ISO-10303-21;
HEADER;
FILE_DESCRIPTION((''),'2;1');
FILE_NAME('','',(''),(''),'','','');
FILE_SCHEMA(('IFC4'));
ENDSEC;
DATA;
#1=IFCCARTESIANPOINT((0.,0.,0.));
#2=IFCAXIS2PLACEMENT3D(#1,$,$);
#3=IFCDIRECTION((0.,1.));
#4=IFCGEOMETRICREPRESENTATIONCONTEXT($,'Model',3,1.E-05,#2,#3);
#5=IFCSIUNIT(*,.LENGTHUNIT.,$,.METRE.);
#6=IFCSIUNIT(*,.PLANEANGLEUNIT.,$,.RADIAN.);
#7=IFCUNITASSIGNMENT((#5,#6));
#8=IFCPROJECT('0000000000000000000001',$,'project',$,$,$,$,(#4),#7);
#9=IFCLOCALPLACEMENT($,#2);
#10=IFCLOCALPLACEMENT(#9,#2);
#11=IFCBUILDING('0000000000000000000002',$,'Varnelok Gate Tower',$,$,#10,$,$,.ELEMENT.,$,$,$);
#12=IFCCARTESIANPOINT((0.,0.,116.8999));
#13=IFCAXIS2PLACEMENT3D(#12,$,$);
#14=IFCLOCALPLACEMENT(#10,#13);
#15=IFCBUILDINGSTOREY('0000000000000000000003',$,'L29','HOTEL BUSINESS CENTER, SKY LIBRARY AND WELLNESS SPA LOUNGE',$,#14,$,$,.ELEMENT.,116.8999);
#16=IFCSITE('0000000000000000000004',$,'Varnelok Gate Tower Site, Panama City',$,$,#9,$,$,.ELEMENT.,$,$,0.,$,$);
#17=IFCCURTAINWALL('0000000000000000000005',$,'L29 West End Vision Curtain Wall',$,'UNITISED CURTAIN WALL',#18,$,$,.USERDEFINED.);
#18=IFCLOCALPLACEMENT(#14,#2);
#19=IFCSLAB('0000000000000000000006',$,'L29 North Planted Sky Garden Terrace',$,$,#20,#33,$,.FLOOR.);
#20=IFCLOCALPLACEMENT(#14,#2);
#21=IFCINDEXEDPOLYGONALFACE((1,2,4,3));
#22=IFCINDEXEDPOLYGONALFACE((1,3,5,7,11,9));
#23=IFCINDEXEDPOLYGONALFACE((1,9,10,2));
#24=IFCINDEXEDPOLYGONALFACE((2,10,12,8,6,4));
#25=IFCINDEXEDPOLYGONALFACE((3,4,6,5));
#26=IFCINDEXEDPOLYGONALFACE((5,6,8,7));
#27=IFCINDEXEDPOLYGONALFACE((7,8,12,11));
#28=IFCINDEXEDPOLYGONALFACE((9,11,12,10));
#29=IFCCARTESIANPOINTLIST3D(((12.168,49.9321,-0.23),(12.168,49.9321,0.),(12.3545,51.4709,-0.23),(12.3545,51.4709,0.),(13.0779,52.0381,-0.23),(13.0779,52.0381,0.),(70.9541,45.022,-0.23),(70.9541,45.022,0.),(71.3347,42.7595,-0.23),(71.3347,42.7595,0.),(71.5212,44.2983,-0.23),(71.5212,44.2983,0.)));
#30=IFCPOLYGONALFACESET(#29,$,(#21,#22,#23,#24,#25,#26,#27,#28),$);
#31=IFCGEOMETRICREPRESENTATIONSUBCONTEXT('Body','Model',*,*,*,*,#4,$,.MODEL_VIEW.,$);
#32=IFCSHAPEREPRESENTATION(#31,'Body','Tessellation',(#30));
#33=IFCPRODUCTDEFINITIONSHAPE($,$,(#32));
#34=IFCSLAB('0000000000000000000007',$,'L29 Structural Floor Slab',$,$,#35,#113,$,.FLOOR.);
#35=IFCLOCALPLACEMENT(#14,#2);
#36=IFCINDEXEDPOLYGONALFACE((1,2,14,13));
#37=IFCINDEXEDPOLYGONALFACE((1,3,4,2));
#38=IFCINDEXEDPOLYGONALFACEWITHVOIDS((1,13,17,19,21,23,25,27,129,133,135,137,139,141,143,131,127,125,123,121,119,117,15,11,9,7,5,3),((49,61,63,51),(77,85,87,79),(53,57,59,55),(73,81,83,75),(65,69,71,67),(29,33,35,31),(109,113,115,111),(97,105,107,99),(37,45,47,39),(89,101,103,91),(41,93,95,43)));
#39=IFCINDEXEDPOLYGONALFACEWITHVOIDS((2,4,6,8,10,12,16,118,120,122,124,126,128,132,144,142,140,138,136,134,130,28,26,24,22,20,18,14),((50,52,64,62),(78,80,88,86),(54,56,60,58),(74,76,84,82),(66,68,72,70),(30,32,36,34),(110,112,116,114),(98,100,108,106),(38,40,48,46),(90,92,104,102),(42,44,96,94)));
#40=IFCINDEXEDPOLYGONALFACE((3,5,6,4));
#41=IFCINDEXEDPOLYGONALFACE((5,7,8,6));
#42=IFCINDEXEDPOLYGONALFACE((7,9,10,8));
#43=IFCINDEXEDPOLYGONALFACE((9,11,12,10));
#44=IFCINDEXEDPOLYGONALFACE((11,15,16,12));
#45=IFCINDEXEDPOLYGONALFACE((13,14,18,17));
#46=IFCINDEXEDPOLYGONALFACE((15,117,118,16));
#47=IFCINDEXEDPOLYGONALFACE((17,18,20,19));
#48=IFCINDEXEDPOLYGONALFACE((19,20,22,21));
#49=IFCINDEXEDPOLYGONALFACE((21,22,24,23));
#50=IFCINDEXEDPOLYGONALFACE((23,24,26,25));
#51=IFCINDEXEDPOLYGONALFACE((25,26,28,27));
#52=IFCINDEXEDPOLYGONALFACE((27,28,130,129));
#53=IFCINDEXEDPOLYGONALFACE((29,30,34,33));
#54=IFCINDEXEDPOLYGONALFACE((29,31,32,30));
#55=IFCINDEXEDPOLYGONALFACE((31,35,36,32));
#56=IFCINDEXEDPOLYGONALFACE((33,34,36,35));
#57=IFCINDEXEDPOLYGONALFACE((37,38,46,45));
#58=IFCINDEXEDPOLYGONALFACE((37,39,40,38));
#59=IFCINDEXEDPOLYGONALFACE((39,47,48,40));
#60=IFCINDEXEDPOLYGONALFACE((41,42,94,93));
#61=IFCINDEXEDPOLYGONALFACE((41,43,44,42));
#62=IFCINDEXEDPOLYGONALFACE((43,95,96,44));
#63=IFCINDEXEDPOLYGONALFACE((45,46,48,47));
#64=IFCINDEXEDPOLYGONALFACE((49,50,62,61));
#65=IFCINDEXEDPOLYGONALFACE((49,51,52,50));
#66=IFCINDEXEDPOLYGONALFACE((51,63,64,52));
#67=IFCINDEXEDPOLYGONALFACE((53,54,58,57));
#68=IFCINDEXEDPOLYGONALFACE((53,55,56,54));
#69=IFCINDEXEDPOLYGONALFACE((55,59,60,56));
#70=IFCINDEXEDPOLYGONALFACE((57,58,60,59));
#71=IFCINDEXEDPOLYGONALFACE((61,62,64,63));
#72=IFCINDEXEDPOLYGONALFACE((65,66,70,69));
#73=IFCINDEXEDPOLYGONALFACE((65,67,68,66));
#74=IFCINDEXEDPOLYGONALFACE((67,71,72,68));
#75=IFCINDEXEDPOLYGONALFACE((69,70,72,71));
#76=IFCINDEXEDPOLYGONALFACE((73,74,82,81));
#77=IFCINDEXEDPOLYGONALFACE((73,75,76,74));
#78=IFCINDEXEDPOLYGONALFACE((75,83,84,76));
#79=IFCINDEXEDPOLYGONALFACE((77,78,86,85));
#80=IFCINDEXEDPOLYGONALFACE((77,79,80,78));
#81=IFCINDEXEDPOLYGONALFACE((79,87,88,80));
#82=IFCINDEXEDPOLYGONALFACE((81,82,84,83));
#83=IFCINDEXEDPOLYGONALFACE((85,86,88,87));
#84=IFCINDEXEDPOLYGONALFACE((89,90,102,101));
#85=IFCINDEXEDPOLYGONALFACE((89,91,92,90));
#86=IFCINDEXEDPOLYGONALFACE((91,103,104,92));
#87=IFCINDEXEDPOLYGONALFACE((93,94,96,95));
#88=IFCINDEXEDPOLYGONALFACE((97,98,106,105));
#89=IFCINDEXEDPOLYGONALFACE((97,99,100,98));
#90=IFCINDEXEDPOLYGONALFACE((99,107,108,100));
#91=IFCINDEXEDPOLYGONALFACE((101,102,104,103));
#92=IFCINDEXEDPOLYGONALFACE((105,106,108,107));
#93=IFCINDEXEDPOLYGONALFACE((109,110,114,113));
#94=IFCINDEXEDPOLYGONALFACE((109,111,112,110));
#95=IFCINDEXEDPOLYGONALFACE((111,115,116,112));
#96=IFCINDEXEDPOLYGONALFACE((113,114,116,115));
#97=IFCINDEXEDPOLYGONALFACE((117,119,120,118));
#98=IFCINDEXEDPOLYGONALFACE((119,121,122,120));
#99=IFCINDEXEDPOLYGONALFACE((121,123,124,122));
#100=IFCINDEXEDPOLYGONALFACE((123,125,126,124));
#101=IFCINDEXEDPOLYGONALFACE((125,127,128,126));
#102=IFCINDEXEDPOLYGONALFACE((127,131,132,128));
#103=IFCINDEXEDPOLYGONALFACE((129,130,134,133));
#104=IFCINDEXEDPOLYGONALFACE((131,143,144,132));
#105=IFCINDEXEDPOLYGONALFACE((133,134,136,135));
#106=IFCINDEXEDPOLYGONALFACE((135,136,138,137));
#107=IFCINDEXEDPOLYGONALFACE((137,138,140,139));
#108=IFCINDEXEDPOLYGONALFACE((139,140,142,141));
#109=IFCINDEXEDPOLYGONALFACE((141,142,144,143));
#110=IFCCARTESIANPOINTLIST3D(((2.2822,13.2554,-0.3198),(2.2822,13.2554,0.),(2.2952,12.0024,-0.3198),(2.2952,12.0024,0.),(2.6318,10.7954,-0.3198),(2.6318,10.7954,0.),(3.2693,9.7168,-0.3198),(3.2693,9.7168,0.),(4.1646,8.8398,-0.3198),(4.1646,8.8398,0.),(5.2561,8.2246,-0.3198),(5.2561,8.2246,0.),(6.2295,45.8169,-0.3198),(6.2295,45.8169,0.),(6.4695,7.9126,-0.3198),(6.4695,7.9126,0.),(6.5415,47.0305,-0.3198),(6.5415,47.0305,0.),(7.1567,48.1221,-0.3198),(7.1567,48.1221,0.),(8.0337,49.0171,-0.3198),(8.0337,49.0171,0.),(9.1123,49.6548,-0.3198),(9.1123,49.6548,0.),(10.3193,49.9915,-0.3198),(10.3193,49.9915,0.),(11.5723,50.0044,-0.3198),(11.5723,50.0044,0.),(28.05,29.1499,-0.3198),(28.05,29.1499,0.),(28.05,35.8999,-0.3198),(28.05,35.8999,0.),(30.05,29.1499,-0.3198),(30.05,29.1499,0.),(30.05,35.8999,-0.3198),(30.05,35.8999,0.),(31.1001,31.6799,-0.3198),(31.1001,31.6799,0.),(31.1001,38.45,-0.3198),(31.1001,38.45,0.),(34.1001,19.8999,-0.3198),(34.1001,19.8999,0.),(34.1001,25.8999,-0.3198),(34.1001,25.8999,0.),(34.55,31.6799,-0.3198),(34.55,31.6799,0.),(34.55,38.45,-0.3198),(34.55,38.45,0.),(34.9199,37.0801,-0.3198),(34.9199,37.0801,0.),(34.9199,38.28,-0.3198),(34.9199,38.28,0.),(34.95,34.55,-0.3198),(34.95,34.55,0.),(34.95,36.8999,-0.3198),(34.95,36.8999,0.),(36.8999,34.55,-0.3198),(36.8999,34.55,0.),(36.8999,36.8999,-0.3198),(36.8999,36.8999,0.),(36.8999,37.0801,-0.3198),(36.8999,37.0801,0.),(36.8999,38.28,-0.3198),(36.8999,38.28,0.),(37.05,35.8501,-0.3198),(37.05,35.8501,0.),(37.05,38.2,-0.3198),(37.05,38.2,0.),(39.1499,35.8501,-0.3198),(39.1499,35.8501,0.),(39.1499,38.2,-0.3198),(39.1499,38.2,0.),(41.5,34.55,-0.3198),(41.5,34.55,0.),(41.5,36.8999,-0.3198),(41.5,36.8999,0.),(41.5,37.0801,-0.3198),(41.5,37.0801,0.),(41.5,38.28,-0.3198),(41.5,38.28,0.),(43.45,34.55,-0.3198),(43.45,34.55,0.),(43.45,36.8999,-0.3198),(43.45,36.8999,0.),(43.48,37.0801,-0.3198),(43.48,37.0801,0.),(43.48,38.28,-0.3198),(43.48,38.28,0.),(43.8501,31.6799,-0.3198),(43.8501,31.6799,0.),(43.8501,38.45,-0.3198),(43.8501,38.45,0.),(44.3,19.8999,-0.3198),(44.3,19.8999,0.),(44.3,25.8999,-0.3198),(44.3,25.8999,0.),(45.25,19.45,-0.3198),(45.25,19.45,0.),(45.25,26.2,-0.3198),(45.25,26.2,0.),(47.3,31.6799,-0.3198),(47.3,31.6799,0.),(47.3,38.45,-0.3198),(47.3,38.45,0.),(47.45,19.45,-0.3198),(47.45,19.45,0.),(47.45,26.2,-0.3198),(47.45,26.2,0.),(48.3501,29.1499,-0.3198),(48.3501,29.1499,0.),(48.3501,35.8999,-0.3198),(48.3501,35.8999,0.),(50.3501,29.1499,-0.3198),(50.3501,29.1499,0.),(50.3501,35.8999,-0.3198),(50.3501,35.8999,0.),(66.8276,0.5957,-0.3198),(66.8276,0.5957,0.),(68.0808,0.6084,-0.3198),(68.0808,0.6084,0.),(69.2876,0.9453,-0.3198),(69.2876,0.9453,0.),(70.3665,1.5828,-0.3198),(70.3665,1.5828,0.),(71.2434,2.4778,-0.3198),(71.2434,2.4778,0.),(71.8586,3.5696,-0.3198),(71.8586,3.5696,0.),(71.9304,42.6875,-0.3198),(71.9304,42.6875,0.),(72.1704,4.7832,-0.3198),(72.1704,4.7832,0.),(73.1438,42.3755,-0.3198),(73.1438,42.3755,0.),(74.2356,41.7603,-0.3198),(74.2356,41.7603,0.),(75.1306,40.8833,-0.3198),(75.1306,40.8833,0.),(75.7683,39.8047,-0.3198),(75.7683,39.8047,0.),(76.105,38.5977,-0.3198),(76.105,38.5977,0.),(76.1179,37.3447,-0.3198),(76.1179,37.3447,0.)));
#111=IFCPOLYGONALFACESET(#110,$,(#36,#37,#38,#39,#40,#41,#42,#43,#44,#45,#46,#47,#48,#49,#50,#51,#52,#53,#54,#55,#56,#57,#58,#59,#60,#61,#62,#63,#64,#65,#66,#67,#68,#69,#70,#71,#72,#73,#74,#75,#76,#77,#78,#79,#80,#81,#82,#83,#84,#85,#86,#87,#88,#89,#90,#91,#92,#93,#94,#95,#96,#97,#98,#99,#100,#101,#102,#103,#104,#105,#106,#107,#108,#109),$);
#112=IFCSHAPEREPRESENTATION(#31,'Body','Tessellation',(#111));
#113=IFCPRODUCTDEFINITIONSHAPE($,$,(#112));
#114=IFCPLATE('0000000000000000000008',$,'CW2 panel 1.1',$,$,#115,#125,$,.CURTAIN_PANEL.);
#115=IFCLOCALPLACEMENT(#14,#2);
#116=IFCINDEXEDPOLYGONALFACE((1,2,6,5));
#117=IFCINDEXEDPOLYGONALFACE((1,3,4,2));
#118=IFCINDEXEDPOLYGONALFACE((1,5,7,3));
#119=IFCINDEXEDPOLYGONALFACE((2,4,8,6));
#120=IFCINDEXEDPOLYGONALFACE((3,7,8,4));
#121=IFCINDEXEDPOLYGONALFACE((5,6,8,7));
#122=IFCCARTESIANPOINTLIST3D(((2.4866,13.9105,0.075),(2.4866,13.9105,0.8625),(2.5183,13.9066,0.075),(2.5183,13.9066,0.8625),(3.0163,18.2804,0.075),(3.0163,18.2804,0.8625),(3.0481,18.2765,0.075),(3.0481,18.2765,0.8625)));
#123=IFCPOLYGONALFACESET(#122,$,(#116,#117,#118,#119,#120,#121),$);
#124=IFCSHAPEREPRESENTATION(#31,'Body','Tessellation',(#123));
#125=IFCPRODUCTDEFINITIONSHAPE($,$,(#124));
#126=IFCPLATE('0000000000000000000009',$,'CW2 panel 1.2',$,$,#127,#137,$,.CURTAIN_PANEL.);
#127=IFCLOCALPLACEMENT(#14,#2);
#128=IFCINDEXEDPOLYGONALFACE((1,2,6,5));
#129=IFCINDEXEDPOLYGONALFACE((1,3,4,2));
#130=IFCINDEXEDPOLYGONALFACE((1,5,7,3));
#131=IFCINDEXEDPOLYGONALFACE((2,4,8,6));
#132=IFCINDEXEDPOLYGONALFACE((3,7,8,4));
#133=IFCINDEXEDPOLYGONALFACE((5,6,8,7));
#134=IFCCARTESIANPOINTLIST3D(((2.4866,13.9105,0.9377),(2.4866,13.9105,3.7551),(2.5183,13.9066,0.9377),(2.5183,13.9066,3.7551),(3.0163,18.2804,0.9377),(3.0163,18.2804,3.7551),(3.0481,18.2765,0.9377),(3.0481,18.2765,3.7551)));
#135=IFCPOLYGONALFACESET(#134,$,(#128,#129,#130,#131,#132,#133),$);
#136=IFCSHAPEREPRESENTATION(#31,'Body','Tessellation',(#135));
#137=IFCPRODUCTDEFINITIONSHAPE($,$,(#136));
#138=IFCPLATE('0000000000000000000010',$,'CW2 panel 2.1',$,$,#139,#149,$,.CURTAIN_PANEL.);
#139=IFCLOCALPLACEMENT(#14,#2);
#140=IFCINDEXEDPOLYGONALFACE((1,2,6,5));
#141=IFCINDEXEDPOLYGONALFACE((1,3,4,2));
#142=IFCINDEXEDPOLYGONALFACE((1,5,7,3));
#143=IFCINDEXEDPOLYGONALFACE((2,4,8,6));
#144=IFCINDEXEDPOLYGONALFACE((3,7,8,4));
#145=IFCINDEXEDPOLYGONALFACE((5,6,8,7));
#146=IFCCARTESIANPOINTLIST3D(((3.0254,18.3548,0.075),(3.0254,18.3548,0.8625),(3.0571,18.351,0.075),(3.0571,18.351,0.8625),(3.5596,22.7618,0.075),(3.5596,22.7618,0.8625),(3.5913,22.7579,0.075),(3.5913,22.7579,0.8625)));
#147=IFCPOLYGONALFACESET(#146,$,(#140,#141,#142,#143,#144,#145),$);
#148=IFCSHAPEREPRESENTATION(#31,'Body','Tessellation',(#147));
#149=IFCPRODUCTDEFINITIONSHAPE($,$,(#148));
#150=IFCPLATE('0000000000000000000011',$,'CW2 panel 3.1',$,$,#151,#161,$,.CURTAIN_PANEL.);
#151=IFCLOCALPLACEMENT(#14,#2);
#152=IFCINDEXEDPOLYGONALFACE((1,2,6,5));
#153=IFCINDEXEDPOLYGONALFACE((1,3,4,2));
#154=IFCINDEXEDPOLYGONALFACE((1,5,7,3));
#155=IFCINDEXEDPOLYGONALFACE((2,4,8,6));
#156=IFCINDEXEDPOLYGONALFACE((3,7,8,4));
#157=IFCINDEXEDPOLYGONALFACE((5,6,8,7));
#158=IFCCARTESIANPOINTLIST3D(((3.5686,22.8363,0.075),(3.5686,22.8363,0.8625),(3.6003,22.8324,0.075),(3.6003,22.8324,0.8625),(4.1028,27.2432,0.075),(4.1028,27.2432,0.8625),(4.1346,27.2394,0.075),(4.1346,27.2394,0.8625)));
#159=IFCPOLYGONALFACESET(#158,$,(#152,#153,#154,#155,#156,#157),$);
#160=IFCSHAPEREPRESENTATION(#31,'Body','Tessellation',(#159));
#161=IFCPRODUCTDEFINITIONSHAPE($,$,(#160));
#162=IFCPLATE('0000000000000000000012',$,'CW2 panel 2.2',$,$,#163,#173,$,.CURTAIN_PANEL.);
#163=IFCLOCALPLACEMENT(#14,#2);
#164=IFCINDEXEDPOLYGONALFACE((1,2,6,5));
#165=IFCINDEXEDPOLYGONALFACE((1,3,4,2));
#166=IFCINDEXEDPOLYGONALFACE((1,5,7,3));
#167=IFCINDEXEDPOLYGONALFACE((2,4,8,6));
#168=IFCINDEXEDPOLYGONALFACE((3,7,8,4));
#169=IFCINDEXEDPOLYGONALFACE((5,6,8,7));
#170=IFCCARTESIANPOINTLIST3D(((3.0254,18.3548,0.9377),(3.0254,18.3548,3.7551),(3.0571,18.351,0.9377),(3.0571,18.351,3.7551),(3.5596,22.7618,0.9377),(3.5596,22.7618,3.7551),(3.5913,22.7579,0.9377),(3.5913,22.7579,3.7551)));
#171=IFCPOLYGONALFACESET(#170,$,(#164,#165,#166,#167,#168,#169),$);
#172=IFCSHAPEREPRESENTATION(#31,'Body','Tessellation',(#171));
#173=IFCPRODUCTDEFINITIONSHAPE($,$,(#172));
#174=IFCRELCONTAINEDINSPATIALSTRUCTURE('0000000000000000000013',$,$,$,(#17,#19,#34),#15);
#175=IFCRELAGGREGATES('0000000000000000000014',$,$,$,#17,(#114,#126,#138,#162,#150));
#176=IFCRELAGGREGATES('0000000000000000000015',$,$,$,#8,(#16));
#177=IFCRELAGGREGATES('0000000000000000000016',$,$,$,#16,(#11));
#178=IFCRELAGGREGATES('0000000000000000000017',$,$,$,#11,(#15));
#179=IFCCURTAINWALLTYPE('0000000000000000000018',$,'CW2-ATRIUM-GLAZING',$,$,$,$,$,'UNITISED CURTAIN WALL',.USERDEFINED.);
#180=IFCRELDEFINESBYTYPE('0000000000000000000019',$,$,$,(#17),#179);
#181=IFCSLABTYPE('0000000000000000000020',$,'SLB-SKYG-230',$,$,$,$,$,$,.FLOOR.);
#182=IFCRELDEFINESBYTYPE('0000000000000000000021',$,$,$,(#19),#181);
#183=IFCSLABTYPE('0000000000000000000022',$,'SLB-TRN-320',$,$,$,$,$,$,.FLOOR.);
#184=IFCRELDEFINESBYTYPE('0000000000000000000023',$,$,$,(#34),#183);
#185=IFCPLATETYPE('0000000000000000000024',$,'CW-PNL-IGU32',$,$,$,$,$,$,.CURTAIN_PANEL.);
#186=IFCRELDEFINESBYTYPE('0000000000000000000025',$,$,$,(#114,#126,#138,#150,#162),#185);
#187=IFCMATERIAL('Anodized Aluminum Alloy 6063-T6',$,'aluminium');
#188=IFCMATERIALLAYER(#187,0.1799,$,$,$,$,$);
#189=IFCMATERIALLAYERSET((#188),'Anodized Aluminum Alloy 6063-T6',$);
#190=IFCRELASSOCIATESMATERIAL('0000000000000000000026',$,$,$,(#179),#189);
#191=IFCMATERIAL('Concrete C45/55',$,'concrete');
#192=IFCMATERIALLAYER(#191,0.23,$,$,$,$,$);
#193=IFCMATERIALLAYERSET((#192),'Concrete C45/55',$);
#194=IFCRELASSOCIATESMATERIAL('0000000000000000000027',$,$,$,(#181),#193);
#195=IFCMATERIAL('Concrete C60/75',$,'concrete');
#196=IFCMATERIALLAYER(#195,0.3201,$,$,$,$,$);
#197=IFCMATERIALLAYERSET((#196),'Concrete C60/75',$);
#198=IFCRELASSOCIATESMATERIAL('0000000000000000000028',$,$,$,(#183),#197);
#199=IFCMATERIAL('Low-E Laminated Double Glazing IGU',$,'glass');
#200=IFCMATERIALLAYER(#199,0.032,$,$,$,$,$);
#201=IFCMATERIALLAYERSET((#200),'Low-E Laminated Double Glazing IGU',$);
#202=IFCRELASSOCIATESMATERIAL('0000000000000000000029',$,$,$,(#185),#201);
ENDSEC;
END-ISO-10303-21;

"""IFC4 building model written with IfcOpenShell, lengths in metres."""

from ifc_helpers import new_model, si_unit, direction, frame, origin, origin_2d, place, context, subcontext, project, spatial, polyline, rectangle, outline, extrude, source, transform, mapped, material, layer, layer_set, type_object, element, aggregate, save


model = new_model("IFC4")

# Units and contexts
model_context = context("Model", 3, precision=1e-05, world=origin(), true_north=direction((0.0, 1.0)))
body_context = subcontext(model_context, "Body", "Model", "MODEL_VIEW")
ifc_project = project(units=[si_unit("LENGTHUNIT", "METRE"), si_unit("PLANEANGLEUNIT", "RADIAN")], contexts=[model_context])

# Site, building, storey
site_placement = place(None, origin())
site = spatial("IfcSite", under=ifc_project, at=site_placement, Name="Varnelok Gate Tower Site, Panama City", CompositionType="ELEMENT", RefElevation=0.0)
building_placement = place(site_placement, origin())
building = spatial("IfcBuilding", under=site, at=building_placement, Name="Varnelok Gate Tower", CompositionType="ELEMENT")
storey_placement = place(building_placement, frame((0.0, 0.0, 116.8999)))
storey = spatial("IfcBuildingStorey", under=building, at=storey_placement, Name="L29", Description="HOTEL BUSINESS CENTER, SKY LIBRARY AND WELLNESS SPA LOUNGE", CompositionType="ELEMENT", Elevation=116.8999)

# Curtain wall
ifc_material_1 = material(Name="Anodized Aluminum Alloy 6063-T6", Category="aluminium")
ifc_layer_1 = layer(ifc_material_1, 0.1799)
ifc_layer_set_1 = layer_set([ifc_layer_1], Name="Anodized Aluminum Alloy 6063-T6")
curtain_wall_type = type_object("IfcCurtainWallType", Name="CW2-ATRIUM-GLAZING", ElementType="UNITISED CURTAIN WALL", PredefinedType="USERDEFINED", material=ifc_layer_set_1)
curtain_wall_placement = place(storey_placement, origin())
curtain_wall = element("IfcCurtainWall", 1, at=curtain_wall_placement, inside=storey, type_object=curtain_wall_type, Name="L29 West End Vision Curtain Wall", ObjectType="UNITISED CURTAIN WALL", PredefinedType="USERDEFINED")

# Shared definitions
ifc_material_2 = material(Name="Concrete C45/55", Category="concrete")

# Slabs
ifc_layer_2 = layer(ifc_material_2, 0.23)
ifc_layer_set_2 = layer_set([ifc_layer_2], Name="Concrete C45/55")
slab_type_1 = type_object("IfcSlabType", Name="SLB-SKYG-230", PredefinedType="FLOOR", material=ifc_layer_set_2)
slab_1_placement = place(storey_placement, frame((0.0, 0.0, -0.23)))
element("IfcSlab", 2, at=slab_1_placement, inside=storey, type_object=slab_type_1, Name="L29 North Planted Sky Garden Terrace", PredefinedType="FLOOR", context=body_context, shape_type="SweptSolid", body=[
    extrude(outline(polyline([(12.168, 49.9321), (71.3347, 42.7595), (71.5212, 44.2983), (70.9541, 45.022), (13.0779, 52.0381), (12.3545, 51.4709), (12.168, 49.9321)])), origin(), (0.0, 0.0, 1.0), 0.23),
])
ifc_material_3 = material(Name="Concrete C60/75", Category="concrete")
ifc_layer_3 = layer(ifc_material_3, 0.3201)
ifc_layer_set_3 = layer_set([ifc_layer_3], Name="Concrete C60/75")
slab_type_2 = type_object("IfcSlabType", Name="SLB-TRN-320", PredefinedType="FLOOR", material=ifc_layer_set_3)
slab_2_placement = place(storey_placement, frame((0.0, 0.0, -0.3198)))
element("IfcSlab", 3, at=slab_2_placement, inside=storey, type_object=slab_type_2, Name="L29 Structural Floor Slab", PredefinedType="FLOOR", context=body_context, shape_type="SweptSolid", body=[
    extrude(outline(polyline([(2.2822, 13.2554), (2.2952, 12.0024), (2.6318, 10.7954), (3.2693, 9.7168), (4.1646, 8.8398), (5.2561, 8.2246), (6.4695, 7.9126), (66.8276, 0.5957), (68.0808, 0.6084), (69.2876, 0.9453), (70.3665, 1.5828), (71.2434, 2.4778), (71.8586, 3.5696), (72.1704, 4.7832), (76.1179, 37.3447), (76.105, 38.5977), (75.7683, 39.8047), (75.1306, 40.8833), (74.2356, 41.7603), (73.1438, 42.3755), (71.9304, 42.6875), (11.5723, 50.0044), (10.3193, 49.9915), (9.1123, 49.6548), (8.0337, 49.0171), (7.1567, 48.1221), (6.5415, 47.0305), (6.2295, 45.8169), (2.2822, 13.2554)]), holes=[polyline([(34.55, 31.6799), (34.55, 38.45), (31.1001, 38.45), (31.1001, 31.6799), (34.55, 31.6799)]), polyline([(47.3, 31.6799), (47.3, 38.45), (43.8501, 38.45), (43.8501, 31.6799), (47.3, 31.6799)]), polyline([(34.95, 34.55), (36.8999, 34.55), (36.8999, 36.8999), (34.95, 36.8999), (34.95, 34.55)]), polyline([(41.5, 34.55), (43.45, 34.55), (43.45, 36.8999), (41.5, 36.8999), (41.5, 34.55)]), polyline([(37.05, 35.8501), (39.1499, 35.8501), (39.1499, 38.2), (37.05, 38.2), (37.05, 35.8501)]), polyline([(28.05, 29.1499), (30.05, 29.1499), (30.05, 35.8999), (28.05, 35.8999), (28.05, 29.1499)]), polyline([(48.3501, 29.1499), (50.3501, 29.1499), (50.3501, 35.8999), (48.3501, 35.8999), (48.3501, 29.1499)]), polyline([(45.25, 19.45), (47.45, 19.45), (47.45, 26.2), (45.25, 26.2), (45.25, 19.45)]), polyline([(34.9199, 37.0801), (36.8999, 37.0801), (36.8999, 38.28), (34.9199, 38.28), (34.9199, 37.0801)]), polyline([(41.5, 37.0801), (43.48, 37.0801), (43.48, 38.28), (41.5, 38.28), (41.5, 37.0801)]), polyline([(34.1001, 19.8999), (44.3, 19.8999), (44.3, 25.8999), (34.1001, 25.8999), (34.1001, 19.8999)])]), origin(), (0.0, 0.0, 1.0), 0.3198),
])

# Plates
ifc_material_4 = material(Name="Low-E Laminated Double Glazing IGU", Category="glass")
ifc_layer_4 = layer(ifc_material_4, 0.032)
ifc_layer_set_4 = layer_set([ifc_layer_4], Name="Low-E Laminated Double Glazing IGU")
plate_type = type_object("IfcPlateType", Name="CW-PNL-IGU32", PredefinedType="CURTAIN_PANEL", material=ifc_layer_set_4)
shared_shape_1 = source(origin(), body_context, "Body", "SweptSolid", [
    extrude(rectangle(XDim=4.4019, YDim=0.032, at=origin_2d()), origin(), (0.0, 0.0, 1.0), 0.7876),
])
plate_1_placement = place(storey_placement, frame((2.7673, 16.0935, 0.075), z_axis=(0.0, 0.0, 1.0), x_axis=(0.120345, 0.992732, 0.0)))
plate_1 = element("IfcPlate", 4, at=plate_1_placement, type_object=plate_type, Name="CW2 panel 1.1", PredefinedType="CURTAIN_PANEL", context=body_context, shape_type="MappedRepresentation", body=[
    mapped(shared_shape_1, transform((0.0, 0.0, 0.0), scale=1.0)),
])
shared_shape_2 = source(origin(), body_context, "Body", "SweptSolid", [
    extrude(rectangle(XDim=4.4019, YDim=0.032, at=origin_2d()), origin(), (0.0, 0.0, 1.0), 2.8174),
])
plate_2_placement = place(storey_placement, frame((2.7673, 16.0935, 0.9377), z_axis=(0.0, 0.0, 1.0), x_axis=(0.120345, 0.992732, 0.0)))
plate_2 = element("IfcPlate", 5, at=plate_2_placement, type_object=plate_type, Name="CW2 panel 1.2", PredefinedType="CURTAIN_PANEL", context=body_context, shape_type="MappedRepresentation", body=[
    mapped(shared_shape_2, transform((0.0, 0.0, 0.0), scale=1.0)),
])
shared_shape_3 = source(origin(), body_context, "Body", "SweptSolid", [
    extrude(rectangle(XDim=4.4392, YDim=0.032, at=origin_2d()), origin(), (0.0, 0.0, 1.0), 0.7876),
])
plate_3_placement = place(storey_placement, frame((3.3083, 20.5564, 0.075), z_axis=(0.0, 0.0, 1.0), x_axis=(0.120345, 0.992732, 0.0)))
plate_3 = element("IfcPlate", 6, at=plate_3_placement, type_object=plate_type, Name="CW2 panel 2.1", PredefinedType="CURTAIN_PANEL", context=body_context, shape_type="MappedRepresentation", body=[
    mapped(shared_shape_3, transform((0.0, 0.0, 0.0), scale=1.0)),
])
plate_4_placement = place(storey_placement, frame((3.8516, 25.0378, 0.075), z_axis=(0.0, 0.0, 1.0), x_axis=(0.120345, 0.992732, 0.0)))
plate_4 = element("IfcPlate", 7, at=plate_4_placement, type_object=plate_type, Name="CW2 panel 3.1", PredefinedType="CURTAIN_PANEL", context=body_context, shape_type="MappedRepresentation", body=[
    mapped(shared_shape_3, transform((0.0, 0.0, 0.0), scale=1.0)),
])
shared_shape_4 = source(origin(), body_context, "Body", "SweptSolid", [
    extrude(rectangle(XDim=4.4392, YDim=0.032, at=origin_2d()), origin(), (0.0, 0.0, 1.0), 2.8174),
])
plate_5_placement = place(storey_placement, frame((3.3083, 20.5564, 0.9377), z_axis=(0.0, 0.0, 1.0), x_axis=(0.120345, 0.992732, 0.0)))
plate_5 = element("IfcPlate", 8, at=plate_5_placement, type_object=plate_type, Name="CW2 panel 2.2", PredefinedType="CURTAIN_PANEL", context=body_context, shape_type="MappedRepresentation", body=[
    mapped(shared_shape_4, transform((0.0, 0.0, 0.0), scale=1.0)),
])
aggregate(curtain_wall, [plate_1, plate_2, plate_3, plate_5, plate_4])

save(model, "model.ifc")
